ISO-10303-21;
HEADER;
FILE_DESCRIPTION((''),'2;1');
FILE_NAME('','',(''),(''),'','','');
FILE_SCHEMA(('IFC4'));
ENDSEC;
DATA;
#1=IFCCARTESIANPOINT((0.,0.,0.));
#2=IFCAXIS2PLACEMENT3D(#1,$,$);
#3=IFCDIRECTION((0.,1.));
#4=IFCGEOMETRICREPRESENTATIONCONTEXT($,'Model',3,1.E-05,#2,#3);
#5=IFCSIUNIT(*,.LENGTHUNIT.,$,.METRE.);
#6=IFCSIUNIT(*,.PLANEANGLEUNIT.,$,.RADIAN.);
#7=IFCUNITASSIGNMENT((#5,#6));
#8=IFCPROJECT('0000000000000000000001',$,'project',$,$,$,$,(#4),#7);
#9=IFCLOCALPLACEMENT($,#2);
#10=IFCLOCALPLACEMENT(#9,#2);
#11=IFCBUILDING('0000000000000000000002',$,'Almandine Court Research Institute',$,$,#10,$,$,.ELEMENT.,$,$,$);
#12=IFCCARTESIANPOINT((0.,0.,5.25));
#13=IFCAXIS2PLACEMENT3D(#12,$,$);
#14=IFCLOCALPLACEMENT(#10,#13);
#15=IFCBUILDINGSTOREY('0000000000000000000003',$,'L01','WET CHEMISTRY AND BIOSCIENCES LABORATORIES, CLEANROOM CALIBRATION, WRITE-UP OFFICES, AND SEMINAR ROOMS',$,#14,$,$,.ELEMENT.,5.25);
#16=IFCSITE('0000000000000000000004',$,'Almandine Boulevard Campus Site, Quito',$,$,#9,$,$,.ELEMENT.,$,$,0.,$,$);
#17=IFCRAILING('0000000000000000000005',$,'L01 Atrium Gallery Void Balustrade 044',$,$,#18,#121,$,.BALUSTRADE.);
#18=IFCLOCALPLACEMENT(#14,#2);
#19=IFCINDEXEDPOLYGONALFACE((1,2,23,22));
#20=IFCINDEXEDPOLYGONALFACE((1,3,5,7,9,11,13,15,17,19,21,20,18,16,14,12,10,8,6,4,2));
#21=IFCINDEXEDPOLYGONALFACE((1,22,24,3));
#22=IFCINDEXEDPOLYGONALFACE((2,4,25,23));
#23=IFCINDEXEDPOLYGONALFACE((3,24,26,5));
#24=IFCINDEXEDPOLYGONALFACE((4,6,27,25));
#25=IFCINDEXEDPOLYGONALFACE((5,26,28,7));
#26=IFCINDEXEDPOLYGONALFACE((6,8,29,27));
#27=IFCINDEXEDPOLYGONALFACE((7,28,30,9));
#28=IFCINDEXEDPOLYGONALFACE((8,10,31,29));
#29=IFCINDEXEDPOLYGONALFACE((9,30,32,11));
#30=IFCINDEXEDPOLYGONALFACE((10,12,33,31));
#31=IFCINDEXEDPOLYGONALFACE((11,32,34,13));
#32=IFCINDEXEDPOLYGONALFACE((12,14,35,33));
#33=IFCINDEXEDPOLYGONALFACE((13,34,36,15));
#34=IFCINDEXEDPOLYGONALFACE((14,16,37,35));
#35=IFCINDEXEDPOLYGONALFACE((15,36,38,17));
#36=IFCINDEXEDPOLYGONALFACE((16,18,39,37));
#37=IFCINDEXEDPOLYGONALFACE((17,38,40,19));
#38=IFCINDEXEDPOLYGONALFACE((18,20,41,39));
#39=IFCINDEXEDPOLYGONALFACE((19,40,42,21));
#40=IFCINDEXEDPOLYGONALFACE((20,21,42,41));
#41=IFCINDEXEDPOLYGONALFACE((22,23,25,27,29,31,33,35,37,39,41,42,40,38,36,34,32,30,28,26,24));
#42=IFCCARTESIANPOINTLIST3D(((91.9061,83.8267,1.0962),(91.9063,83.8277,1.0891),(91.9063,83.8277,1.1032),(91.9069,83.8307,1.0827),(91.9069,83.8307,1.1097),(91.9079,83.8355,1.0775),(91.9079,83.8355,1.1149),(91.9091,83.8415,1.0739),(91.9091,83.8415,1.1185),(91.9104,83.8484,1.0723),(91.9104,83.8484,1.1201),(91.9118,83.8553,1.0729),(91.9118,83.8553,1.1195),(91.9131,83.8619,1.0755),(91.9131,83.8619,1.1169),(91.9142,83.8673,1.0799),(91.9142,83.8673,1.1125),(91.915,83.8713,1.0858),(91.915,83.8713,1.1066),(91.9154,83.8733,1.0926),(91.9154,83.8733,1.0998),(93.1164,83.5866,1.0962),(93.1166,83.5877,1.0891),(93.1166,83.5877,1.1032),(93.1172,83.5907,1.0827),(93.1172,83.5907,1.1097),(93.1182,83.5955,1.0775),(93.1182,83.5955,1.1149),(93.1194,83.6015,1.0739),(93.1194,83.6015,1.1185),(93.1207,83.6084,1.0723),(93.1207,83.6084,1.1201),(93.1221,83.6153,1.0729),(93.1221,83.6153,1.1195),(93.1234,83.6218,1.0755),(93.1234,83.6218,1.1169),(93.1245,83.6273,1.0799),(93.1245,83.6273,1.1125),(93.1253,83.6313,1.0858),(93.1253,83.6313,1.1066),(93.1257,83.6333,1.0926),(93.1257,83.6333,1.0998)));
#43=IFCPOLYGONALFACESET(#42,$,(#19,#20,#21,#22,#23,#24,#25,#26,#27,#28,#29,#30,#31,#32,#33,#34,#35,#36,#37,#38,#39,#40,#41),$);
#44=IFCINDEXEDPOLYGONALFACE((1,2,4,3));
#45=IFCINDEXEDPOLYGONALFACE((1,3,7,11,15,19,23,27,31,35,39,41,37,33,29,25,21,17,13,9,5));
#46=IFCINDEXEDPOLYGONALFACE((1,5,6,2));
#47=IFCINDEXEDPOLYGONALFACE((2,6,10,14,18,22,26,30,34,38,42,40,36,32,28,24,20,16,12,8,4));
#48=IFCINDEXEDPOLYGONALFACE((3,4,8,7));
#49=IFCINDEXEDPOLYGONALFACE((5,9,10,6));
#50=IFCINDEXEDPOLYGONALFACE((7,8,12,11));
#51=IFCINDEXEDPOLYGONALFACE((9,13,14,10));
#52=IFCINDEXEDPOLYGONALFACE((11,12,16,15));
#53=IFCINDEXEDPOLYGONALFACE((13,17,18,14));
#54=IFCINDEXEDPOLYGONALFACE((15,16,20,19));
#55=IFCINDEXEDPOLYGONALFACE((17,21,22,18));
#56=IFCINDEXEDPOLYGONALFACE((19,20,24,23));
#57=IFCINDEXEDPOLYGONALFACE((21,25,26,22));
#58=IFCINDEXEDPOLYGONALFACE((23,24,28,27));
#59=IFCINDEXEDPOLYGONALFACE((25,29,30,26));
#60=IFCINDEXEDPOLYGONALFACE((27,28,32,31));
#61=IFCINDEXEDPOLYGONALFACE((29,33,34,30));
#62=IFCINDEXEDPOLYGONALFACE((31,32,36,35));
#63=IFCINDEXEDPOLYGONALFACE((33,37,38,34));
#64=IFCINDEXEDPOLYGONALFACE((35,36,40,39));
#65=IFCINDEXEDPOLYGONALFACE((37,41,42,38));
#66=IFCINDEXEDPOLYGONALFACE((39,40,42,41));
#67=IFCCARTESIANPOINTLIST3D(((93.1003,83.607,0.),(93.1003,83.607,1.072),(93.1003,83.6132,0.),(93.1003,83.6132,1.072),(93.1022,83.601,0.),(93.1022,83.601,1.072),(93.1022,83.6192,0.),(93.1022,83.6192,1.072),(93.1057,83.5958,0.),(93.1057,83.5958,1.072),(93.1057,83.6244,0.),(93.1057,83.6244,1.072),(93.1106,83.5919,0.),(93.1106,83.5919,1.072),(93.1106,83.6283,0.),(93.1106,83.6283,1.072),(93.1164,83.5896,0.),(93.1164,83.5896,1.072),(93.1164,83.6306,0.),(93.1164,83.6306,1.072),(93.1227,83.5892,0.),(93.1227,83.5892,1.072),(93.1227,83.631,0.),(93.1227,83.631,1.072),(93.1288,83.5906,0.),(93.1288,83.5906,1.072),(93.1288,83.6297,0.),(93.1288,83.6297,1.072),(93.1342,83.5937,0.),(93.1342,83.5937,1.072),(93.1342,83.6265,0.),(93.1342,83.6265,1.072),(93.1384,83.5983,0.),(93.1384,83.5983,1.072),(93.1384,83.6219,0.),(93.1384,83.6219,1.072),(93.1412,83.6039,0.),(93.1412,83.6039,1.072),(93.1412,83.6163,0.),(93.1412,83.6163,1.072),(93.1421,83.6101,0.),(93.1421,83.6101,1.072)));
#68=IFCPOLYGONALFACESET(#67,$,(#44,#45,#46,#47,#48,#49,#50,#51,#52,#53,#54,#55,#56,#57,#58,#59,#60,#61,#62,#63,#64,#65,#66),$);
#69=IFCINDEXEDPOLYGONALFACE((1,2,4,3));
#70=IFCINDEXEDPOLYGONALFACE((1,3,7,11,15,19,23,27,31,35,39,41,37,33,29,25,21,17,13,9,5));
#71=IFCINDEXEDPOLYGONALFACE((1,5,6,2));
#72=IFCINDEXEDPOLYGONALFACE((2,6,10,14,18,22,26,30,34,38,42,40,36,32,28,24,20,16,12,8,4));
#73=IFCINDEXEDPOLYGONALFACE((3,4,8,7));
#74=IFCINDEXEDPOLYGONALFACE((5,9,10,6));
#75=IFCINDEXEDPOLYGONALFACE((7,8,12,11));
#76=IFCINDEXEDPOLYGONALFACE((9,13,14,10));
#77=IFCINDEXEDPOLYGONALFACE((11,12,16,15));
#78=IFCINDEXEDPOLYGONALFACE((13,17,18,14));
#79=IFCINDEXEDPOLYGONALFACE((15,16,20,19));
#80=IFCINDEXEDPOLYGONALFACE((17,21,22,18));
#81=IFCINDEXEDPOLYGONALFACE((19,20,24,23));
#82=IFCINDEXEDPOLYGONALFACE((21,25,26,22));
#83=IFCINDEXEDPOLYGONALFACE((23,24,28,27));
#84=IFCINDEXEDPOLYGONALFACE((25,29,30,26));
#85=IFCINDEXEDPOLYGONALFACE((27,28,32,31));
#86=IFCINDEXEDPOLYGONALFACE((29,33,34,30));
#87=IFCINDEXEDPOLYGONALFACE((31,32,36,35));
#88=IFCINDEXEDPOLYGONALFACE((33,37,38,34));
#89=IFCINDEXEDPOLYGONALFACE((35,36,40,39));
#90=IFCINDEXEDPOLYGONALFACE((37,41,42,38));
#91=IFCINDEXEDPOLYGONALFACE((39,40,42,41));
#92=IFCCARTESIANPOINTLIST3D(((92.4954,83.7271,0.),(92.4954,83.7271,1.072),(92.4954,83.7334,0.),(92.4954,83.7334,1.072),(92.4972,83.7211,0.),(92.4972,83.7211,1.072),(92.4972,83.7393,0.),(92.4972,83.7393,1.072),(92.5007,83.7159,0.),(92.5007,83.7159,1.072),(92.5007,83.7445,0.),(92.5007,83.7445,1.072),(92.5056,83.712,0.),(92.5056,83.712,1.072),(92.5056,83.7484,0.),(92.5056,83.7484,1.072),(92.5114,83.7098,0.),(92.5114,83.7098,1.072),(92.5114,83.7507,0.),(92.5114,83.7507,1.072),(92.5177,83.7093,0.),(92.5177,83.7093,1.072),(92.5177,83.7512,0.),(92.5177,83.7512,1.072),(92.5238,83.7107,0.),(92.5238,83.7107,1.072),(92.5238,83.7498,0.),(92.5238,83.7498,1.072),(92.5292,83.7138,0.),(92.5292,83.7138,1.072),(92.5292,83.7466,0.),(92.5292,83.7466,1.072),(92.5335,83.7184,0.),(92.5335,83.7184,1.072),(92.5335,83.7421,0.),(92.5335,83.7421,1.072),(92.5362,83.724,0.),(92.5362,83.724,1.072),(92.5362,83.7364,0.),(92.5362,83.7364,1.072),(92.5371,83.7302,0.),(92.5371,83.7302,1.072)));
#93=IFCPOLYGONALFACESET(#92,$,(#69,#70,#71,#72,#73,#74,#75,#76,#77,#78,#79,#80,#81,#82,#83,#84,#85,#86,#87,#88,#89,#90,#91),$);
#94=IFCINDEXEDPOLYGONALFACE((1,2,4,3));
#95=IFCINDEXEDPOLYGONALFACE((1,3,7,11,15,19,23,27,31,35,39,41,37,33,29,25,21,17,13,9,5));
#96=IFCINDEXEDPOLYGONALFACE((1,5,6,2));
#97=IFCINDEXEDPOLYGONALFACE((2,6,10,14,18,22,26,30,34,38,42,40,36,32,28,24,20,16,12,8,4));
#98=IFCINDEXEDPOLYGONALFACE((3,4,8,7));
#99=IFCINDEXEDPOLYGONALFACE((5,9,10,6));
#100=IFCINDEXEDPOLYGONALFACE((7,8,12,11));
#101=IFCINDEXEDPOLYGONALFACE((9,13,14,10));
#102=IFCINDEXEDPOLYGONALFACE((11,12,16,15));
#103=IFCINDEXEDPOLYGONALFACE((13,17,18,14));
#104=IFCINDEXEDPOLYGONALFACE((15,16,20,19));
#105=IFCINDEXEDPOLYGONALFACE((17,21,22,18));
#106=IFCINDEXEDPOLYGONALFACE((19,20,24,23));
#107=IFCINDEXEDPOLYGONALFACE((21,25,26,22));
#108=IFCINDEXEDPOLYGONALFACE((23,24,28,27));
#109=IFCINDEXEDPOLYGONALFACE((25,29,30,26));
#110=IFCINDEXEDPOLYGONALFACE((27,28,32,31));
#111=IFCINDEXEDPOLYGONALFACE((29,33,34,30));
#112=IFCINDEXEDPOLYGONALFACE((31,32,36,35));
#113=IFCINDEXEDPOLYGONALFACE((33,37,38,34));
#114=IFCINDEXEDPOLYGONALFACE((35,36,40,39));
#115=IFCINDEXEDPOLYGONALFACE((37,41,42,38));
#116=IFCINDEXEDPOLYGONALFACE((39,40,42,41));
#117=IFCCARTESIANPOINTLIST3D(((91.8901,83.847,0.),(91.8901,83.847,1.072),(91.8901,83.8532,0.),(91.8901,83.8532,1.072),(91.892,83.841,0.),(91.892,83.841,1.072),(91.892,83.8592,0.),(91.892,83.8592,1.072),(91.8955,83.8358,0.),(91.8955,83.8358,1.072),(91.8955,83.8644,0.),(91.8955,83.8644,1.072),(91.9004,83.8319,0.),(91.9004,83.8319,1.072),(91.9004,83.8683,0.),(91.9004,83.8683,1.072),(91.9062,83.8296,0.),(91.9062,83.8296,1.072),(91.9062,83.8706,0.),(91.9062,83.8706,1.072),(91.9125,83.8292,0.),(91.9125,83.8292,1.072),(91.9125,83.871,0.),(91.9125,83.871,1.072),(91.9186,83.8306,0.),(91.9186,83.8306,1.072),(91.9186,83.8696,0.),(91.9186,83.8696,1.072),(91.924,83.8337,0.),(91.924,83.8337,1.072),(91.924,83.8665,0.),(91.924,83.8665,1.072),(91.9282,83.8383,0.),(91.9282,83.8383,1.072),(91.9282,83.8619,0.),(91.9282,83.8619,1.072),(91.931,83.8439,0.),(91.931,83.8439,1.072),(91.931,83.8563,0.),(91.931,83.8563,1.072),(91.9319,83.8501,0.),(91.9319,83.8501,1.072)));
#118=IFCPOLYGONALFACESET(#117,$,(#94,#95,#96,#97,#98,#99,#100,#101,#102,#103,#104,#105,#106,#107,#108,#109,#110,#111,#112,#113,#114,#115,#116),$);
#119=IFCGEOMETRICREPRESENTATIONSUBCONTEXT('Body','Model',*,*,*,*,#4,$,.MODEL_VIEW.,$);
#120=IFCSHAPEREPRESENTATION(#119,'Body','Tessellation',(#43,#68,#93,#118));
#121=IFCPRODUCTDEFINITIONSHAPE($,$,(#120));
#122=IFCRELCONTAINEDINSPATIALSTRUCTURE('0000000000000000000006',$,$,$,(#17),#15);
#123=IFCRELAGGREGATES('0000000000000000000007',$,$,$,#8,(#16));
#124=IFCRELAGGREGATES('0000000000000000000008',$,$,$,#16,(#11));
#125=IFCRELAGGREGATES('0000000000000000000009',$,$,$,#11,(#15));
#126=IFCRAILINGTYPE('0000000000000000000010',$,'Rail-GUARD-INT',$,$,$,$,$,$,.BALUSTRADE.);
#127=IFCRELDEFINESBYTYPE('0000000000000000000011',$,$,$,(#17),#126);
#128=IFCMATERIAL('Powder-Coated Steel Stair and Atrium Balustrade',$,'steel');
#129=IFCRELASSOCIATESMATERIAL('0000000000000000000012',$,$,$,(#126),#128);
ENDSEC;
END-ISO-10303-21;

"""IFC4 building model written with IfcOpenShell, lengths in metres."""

from ifc_helpers import new_model, si_unit, direction, frame, origin, origin_2d, place, context, subcontext, project, spatial, circle, extrude, material, type_object, element, save


model = new_model("IFC4")

# Units and contexts
model_context = context("Model", 3, precision=1e-05, world=origin(), true_north=direction((0.0, 1.0)))
body_context = subcontext(model_context, "Body", "Model", "MODEL_VIEW")
ifc_project = project(units=[si_unit("LENGTHUNIT", "METRE"), si_unit("PLANEANGLEUNIT", "RADIAN")], contexts=[model_context])

# Site, building, storey
site_placement = place(None, origin())
site = spatial("IfcSite", under=ifc_project, at=site_placement, Name="Almandine Boulevard Campus Site, Quito", CompositionType="ELEMENT", RefElevation=0.0)
building_placement = place(site_placement, origin())
building = spatial("IfcBuilding", under=site, at=building_placement, Name="Almandine Court Research Institute", CompositionType="ELEMENT")
storey_placement = place(building_placement, frame((0.0, 0.0, 5.25)))
storey = spatial("IfcBuildingStorey", under=building, at=storey_placement, Name="L01", Description="WET CHEMISTRY AND BIOSCIENCES LABORATORIES, CLEANROOM CALIBRATION, WRITE-UP OFFICES, AND SEMINAR ROOMS", CompositionType="ELEMENT", Elevation=5.25)

# Railing
ifc_material_1 = material(Name="Powder-Coated Steel Stair and Atrium Balustrade", Category="steel")
railing_type = type_object("IfcRailingType", Name="Rail-GUARD-INT", PredefinedType="BALUSTRADE", material=ifc_material_1)
railing_1_placement = place(storey_placement, frame((93.1211, 83.6101, 0.0)))
element("IfcRailing", 1, at=railing_1_placement, inside=storey, type_object=railing_type, Name="L01 Atrium Gallery Void Balustrade 044", PredefinedType="BALUSTRADE", context=body_context, shape_type="SweptSolid", body=[
    extrude(circle(Radius=0.0239, at=origin_2d()), frame((0.0, 0.0, 1.0962), z_axis=(-0.980899, 0.194518, 0.0), x_axis=(-0.194518, -0.980899, 0.0)), (0.0, 0.0, 1.0), 1.2339),
    extrude(circle(Radius=0.021, at=origin_2d()), origin(), (0.0, 0.0, 1.0), 1.072),
    extrude(circle(Radius=0.021, at=origin_2d()), frame((-0.605, 0.1201, 0.0)), (0.0, 0.0, 1.0), 1.072),
    extrude(circle(Radius=0.021, at=origin_2d()), frame((-1.2102, 0.24, 0.0)), (0.0, 0.0, 1.0), 1.072),
])

save(model, "model.ifc")
